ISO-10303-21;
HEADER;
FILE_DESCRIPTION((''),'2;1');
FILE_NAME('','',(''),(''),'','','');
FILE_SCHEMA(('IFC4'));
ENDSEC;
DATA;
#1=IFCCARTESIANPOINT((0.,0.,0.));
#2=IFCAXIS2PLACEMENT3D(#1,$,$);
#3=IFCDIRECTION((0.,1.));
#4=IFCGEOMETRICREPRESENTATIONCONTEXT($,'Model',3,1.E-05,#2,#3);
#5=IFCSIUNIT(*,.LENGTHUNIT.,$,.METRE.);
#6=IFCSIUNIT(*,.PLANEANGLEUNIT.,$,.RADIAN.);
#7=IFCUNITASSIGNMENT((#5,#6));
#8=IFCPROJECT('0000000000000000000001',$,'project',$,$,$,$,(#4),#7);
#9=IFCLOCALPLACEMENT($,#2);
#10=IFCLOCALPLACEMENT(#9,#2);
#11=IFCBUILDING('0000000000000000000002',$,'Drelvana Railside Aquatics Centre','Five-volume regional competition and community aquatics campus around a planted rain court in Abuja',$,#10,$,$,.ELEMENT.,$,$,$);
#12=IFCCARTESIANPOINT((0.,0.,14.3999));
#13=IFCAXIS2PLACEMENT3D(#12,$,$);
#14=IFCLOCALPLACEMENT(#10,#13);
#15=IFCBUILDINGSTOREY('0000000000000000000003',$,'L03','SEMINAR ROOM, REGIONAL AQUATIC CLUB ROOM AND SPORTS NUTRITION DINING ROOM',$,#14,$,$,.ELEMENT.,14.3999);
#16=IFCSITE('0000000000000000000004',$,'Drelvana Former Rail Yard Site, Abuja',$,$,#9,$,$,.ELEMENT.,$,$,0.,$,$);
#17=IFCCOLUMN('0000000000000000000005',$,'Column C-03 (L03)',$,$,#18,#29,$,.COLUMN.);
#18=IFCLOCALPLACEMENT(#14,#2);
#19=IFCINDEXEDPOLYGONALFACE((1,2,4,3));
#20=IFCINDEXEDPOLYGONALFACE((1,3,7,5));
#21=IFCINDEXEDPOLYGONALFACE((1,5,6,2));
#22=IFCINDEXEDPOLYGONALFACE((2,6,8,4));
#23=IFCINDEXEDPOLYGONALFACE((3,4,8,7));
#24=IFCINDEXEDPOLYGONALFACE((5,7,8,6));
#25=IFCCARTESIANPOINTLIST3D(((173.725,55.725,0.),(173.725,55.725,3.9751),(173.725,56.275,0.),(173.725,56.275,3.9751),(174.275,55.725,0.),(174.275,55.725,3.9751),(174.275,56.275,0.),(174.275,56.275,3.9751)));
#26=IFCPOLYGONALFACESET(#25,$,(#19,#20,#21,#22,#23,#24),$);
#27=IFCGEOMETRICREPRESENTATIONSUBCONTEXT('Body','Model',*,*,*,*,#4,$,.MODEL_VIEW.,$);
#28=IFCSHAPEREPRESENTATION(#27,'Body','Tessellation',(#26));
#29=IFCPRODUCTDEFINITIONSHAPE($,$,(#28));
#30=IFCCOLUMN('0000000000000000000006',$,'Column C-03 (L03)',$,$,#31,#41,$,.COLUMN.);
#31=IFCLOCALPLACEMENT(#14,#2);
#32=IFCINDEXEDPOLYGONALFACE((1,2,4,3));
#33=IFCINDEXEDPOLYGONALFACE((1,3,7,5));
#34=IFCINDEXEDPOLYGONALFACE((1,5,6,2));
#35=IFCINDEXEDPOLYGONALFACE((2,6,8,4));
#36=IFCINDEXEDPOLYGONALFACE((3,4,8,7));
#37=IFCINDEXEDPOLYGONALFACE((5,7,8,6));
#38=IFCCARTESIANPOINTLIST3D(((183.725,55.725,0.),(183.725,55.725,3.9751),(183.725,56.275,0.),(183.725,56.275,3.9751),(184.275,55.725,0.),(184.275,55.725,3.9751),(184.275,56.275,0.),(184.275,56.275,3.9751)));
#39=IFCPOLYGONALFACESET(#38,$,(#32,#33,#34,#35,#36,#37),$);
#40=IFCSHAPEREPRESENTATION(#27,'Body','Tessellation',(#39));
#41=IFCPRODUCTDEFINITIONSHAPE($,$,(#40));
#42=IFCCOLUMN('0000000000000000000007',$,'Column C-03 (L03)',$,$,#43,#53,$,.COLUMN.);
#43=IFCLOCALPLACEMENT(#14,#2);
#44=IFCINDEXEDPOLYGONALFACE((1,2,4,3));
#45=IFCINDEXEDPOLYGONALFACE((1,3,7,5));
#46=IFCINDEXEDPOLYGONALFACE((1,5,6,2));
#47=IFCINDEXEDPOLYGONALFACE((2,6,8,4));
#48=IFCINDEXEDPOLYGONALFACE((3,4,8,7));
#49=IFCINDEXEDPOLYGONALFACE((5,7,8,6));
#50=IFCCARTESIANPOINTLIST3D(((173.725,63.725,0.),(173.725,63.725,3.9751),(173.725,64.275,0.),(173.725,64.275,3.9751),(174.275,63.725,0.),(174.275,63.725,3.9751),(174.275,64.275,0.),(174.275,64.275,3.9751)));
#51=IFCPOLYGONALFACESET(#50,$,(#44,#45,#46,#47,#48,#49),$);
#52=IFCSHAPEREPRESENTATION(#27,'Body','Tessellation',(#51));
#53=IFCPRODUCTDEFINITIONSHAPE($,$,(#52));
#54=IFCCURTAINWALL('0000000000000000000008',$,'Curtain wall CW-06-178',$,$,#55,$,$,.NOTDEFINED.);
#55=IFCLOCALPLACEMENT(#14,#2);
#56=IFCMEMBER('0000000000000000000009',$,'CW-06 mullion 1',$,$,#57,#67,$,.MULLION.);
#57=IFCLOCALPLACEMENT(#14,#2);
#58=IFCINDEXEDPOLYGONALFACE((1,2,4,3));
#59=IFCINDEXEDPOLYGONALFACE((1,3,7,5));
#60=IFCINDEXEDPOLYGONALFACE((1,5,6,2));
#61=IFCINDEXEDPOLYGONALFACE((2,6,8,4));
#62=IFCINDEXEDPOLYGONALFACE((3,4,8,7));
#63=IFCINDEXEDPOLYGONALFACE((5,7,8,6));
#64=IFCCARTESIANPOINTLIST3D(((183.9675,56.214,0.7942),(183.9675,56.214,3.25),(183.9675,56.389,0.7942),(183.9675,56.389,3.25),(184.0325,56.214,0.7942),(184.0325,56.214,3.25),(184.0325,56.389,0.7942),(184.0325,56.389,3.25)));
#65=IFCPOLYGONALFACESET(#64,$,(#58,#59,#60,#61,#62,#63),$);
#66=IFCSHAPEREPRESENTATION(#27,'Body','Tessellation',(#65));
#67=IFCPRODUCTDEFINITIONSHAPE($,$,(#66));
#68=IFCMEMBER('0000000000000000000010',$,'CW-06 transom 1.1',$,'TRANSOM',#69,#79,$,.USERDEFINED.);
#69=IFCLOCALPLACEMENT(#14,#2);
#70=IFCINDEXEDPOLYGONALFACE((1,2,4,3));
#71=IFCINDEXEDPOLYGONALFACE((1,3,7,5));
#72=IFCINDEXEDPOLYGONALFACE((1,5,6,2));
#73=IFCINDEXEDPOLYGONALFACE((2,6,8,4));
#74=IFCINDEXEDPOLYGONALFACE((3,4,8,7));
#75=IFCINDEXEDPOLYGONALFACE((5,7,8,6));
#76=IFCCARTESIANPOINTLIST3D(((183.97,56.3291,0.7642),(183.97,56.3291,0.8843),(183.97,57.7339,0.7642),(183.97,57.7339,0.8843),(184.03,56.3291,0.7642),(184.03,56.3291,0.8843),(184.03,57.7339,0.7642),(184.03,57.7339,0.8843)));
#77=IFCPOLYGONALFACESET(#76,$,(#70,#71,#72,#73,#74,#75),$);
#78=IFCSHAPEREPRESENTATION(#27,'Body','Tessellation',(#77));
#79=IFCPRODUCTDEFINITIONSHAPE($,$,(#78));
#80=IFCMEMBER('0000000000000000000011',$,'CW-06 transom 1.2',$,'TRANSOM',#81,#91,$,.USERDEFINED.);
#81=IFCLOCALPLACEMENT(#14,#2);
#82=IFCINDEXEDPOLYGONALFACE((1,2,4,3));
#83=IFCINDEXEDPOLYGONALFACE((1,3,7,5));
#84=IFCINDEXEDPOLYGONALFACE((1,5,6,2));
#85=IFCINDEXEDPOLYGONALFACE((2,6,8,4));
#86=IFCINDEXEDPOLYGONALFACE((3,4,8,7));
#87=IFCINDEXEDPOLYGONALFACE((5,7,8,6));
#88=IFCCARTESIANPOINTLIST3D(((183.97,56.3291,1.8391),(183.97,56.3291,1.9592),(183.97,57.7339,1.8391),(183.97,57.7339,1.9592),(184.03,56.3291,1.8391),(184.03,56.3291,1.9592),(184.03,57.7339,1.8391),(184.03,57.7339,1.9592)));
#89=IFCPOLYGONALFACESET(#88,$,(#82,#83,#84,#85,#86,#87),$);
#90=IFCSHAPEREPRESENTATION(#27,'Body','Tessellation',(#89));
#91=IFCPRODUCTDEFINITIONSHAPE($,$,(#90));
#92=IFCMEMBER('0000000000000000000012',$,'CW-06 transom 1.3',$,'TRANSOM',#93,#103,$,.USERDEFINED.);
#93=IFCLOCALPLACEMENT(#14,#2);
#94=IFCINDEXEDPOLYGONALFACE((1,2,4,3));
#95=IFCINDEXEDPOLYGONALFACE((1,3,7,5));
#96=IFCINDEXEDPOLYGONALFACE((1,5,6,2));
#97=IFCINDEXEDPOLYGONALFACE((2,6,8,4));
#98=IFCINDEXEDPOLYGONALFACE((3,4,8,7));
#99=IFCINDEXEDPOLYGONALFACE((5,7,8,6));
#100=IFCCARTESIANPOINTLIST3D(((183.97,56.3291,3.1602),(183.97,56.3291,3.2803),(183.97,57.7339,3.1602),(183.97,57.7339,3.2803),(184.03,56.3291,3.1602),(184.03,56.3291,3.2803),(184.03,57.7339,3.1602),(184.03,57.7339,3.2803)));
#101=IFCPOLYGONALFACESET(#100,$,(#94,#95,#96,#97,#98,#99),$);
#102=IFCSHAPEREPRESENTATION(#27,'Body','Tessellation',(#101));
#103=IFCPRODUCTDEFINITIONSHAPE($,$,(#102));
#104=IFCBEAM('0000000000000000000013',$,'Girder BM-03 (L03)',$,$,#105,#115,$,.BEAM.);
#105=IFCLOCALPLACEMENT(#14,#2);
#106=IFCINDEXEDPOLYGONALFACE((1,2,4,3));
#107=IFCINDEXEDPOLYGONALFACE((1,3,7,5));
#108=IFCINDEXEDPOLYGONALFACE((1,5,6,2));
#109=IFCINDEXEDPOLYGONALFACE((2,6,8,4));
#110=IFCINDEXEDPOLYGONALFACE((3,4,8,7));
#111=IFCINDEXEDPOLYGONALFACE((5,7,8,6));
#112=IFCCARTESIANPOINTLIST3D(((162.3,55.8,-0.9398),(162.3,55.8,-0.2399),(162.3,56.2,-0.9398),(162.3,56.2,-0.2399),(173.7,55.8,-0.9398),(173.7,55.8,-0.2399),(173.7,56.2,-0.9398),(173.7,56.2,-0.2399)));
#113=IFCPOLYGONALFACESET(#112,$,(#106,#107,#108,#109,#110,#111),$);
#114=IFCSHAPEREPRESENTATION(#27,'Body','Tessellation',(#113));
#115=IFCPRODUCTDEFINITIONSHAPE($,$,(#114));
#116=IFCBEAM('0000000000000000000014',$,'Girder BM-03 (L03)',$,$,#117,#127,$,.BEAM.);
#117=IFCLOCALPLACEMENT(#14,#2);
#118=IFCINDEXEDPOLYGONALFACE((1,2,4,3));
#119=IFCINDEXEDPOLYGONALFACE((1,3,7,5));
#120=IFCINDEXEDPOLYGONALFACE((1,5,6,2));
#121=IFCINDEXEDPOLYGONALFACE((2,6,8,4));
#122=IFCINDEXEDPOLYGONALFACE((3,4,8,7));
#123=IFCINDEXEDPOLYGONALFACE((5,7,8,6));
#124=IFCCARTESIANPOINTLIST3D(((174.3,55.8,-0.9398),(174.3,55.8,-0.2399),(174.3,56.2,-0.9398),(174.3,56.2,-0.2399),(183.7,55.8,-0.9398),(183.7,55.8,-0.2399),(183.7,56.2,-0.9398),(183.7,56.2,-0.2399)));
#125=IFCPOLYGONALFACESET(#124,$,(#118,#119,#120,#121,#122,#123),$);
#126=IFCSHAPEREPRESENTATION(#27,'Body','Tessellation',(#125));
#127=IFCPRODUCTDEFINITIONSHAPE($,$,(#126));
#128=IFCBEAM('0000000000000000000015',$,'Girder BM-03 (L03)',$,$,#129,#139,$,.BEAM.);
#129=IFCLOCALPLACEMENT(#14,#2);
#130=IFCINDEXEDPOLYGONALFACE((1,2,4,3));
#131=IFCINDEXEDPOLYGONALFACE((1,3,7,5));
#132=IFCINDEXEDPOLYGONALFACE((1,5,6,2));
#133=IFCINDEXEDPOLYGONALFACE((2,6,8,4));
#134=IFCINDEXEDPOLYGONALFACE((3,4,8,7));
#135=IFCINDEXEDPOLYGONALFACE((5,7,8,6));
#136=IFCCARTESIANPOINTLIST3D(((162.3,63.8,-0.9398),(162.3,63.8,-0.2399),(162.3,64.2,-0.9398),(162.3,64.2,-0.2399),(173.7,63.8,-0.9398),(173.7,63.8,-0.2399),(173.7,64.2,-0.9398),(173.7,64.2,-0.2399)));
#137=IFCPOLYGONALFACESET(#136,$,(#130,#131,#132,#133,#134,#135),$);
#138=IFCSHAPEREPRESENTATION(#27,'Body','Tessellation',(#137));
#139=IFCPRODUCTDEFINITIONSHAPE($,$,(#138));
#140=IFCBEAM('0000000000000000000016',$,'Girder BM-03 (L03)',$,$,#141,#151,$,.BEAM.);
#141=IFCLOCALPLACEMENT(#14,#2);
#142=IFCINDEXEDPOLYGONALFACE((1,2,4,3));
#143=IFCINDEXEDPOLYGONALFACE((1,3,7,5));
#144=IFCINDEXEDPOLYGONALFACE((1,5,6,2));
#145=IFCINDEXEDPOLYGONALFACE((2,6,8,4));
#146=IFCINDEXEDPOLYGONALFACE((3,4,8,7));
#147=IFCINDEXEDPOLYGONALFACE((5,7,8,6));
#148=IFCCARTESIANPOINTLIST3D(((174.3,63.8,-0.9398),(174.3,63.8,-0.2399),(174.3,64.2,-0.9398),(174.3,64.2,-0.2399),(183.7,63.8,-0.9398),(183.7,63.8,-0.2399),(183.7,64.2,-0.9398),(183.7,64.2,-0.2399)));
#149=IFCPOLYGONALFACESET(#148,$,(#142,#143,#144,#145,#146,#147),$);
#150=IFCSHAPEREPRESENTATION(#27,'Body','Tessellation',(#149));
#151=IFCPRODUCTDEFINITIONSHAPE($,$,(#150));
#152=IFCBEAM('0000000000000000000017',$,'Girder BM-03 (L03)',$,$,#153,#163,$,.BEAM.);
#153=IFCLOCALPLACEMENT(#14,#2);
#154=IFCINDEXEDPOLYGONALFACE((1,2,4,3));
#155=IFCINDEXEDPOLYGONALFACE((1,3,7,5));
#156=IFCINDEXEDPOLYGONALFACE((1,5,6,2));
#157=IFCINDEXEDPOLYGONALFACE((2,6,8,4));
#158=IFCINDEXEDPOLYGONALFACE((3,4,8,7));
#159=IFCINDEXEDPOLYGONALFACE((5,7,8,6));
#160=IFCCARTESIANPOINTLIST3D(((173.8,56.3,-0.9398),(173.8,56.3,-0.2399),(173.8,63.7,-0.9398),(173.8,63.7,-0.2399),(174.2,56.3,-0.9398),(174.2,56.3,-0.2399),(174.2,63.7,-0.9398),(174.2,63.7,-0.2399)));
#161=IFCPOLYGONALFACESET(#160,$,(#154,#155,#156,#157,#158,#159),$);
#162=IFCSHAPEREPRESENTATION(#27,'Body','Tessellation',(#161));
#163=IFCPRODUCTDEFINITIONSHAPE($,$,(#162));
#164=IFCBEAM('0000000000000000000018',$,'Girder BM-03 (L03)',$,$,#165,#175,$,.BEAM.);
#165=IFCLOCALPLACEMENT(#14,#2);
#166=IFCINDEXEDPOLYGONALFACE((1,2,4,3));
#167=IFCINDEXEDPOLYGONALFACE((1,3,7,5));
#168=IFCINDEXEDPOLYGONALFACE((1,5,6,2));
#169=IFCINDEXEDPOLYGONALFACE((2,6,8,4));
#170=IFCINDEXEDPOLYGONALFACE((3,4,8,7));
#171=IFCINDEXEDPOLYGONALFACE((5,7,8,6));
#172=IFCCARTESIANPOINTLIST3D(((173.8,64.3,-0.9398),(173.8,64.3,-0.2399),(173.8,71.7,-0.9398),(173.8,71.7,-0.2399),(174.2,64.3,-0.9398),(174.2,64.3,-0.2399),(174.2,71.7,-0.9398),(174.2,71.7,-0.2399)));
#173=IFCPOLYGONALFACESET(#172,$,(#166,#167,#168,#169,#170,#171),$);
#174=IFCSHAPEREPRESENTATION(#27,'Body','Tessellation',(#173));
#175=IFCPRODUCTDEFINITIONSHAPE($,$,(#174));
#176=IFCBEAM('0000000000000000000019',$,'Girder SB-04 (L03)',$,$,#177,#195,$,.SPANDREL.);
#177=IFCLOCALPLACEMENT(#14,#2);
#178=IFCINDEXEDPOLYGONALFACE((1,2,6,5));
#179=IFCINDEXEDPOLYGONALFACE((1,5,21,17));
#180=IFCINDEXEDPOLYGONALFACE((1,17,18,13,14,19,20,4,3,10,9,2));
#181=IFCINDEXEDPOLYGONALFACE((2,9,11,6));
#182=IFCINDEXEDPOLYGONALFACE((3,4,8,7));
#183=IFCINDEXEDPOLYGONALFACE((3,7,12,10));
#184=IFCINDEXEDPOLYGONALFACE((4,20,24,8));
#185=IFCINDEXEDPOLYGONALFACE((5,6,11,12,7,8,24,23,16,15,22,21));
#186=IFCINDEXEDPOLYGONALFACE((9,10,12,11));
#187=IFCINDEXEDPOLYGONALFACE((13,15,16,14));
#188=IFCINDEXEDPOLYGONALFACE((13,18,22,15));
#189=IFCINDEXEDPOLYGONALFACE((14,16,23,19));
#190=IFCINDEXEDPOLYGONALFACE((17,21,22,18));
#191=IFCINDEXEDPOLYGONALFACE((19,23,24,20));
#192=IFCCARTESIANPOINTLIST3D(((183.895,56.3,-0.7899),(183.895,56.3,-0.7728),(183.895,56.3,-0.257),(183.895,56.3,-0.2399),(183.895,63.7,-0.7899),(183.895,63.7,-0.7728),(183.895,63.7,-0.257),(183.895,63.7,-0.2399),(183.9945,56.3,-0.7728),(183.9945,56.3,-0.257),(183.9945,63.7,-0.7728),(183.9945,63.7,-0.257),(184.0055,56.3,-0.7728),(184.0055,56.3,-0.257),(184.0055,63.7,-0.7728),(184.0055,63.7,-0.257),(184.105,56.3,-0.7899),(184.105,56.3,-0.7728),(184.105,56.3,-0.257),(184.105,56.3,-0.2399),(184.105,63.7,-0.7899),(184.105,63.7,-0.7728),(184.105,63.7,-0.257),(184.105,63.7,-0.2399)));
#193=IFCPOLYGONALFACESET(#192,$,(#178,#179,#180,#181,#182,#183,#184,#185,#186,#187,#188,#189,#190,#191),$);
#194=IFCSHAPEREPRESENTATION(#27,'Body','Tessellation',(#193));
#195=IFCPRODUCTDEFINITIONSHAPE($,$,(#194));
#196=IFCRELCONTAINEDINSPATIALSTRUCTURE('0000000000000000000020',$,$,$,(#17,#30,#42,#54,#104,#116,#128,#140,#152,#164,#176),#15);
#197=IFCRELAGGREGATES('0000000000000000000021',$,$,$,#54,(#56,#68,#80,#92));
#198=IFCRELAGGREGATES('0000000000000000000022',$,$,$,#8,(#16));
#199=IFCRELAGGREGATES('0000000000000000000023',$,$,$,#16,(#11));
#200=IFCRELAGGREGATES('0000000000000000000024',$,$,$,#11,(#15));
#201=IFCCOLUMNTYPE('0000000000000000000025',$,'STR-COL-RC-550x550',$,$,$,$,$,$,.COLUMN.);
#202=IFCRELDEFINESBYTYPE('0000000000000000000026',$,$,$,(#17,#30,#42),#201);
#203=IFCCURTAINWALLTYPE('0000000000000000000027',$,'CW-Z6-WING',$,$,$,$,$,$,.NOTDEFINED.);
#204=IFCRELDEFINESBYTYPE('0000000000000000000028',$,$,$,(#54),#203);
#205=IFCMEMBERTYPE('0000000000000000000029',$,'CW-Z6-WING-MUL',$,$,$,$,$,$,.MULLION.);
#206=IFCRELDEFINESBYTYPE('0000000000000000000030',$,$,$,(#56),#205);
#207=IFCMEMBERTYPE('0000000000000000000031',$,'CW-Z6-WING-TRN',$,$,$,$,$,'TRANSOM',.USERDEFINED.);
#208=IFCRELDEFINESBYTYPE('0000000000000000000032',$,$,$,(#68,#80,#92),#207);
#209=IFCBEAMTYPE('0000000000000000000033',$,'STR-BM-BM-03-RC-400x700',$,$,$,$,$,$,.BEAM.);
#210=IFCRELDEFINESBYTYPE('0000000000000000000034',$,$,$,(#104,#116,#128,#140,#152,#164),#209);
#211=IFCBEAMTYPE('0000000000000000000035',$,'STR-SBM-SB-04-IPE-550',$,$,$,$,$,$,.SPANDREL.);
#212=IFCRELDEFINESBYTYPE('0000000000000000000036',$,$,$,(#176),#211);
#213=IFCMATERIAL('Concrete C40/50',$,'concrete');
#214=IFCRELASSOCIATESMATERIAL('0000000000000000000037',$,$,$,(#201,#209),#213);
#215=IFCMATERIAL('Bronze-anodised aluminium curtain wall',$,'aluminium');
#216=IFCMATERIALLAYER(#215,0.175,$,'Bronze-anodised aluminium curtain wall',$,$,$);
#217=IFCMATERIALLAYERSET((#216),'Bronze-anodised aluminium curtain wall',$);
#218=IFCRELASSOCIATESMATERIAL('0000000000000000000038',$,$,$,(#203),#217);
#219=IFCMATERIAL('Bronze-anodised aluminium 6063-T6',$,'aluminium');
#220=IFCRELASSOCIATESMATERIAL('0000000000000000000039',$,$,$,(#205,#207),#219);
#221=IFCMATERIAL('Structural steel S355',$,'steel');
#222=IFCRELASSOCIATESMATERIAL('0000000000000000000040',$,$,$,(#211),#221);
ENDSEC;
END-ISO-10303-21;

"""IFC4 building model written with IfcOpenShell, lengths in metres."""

from ifc_helpers import new_model, si_unit, direction, frame, origin, origin_2d, place, context, subcontext, project, spatial, rectangle, i_section, extrude, material, layer, layer_set, material_profile, profile_set, type_object, element, aggregate, save


model = new_model("IFC4")

# Units and contexts
model_context = context("Model", 3, precision=1e-05, world=origin(), true_north=direction((0.0, 1.0)))
body_context = subcontext(model_context, "Body", "Model", "MODEL_VIEW")
ifc_project = project(units=[si_unit("LENGTHUNIT", "METRE"), si_unit("PLANEANGLEUNIT", "RADIAN")], contexts=[model_context])

# Site, building, storey
site_placement = place(None, origin())
site = spatial("IfcSite", under=ifc_project, at=site_placement, Name="Drelvana Former Rail Yard Site, Abuja", CompositionType="ELEMENT", RefElevation=0.0)
building_placement = place(site_placement, origin())
building = spatial("IfcBuilding", under=site, at=building_placement, Name="Drelvana Railside Aquatics Centre", Description="Five-volume regional competition and community aquatics campus around a planted rain court in Abuja", CompositionType="ELEMENT")
storey_placement = place(building_placement, frame((0.0, 0.0, 14.3999)))
storey = spatial("IfcBuildingStorey", under=building, at=storey_placement, Name="L03", Description="SEMINAR ROOM, REGIONAL AQUATIC CLUB ROOM AND SPORTS NUTRITION DINING ROOM", CompositionType="ELEMENT", Elevation=14.3999)

# Columns
ifc_material_1 = material(Name="Concrete C40/50", Category="concrete")
ifc_material_profile_1 = material_profile(ifc_material_1, rectangle(XDim=0.55, YDim=0.55, at=origin_2d()), Name="RC 550x550")
ifc_profile_set_1 = profile_set([ifc_material_profile_1], Name="Concrete C40/50")
column_type = type_object("IfcColumnType", Name="STR-COL-RC-550x550", PredefinedType="COLUMN", material=ifc_profile_set_1)
for number, where, z_axis, x_axis, name in (
    (1, (174.0, 56.0, 0.0), (0.0, 0.0, 1.0), (1.0, 0.0, 0.0), "Column C-03 (L03)"),
    (2, (184.0, 56.0, 0.0), (0.0, 0.0, 1.0), (1.0, 0.0, 0.0), "Column C-03 (L03)"),
    (3, (174.0, 64.0, 0.0), (0.0, 0.0, 1.0), (1.0, 0.0, 0.0), "Column C-03 (L03)"),
):
    element("IfcColumn", number, at=place(storey_placement, frame(where, z_axis=z_axis, x_axis=x_axis)), inside=storey, type_object=column_type, Name=name, PredefinedType="COLUMN", context=body_context, shape_type="SweptSolid", body=[
        extrude(rectangle(XDim=0.55, YDim=0.55, at=origin_2d()), origin(), (0.0, 0.0, 1.0), 3.9751),
    ])

# Curtain wall, members
ifc_material_2 = material(Name="Bronze-anodised aluminium curtain wall", Category="aluminium")
ifc_layer_1 = layer(ifc_material_2, 0.175, Name="Bronze-anodised aluminium curtain wall")
ifc_layer_set_1 = layer_set([ifc_layer_1], Name="Bronze-anodised aluminium curtain wall")
curtain_wall_type = type_object("IfcCurtainWallType", Name="CW-Z6-WING", PredefinedType="NOTDEFINED", material=ifc_layer_set_1)
curtain_wall_placement = place(storey_placement, origin())
curtain_wall = element("IfcCurtainWall", 4, at=curtain_wall_placement, inside=storey, type_object=curtain_wall_type, Name="Curtain wall CW-06-178", PredefinedType="NOTDEFINED")
ifc_material_3 = material(Name="Bronze-anodised aluminium 6063-T6", Category="aluminium")
ifc_material_profile_2 = material_profile(ifc_material_3, rectangle(XDim=0.0649, YDim=0.175, at=origin_2d()), Name="ALU-M 65x175")
ifc_profile_set_2 = profile_set([ifc_material_profile_2], Name="Bronze-anodised aluminium 6063-T6")
member_type_1 = type_object("IfcMemberType", Name="CW-Z6-WING-MUL", PredefinedType="MULLION", material=ifc_profile_set_2)
member_1_placement = place(storey_placement, frame((184.0, 56.3015, 0.7942), z_axis=(0.0, 0.0, 1.0), x_axis=(-1.0, 0.0, 0.0)))
member_1 = element("IfcMember", 5, at=member_1_placement, type_object=member_type_1, Name="CW-06 mullion 1", PredefinedType="MULLION", context=body_context, shape_type="SweptSolid", body=[
    extrude(rectangle(XDim=0.0649, YDim=0.175, at=origin_2d()), origin(), (0.0, 0.0, 1.0), 2.4558),
])
ifc_material_profile_3 = material_profile(ifc_material_3, rectangle(XDim=0.1201, YDim=0.0601, at=origin_2d()), Name="ALU-T 60x120")
ifc_profile_set_3 = profile_set([ifc_material_profile_3], Name="Bronze-anodised aluminium 6063-T6")
member_type_2 = type_object("IfcMemberType", Name="CW-Z6-WING-TRN", ElementType="TRANSOM", PredefinedType="USERDEFINED", material=ifc_profile_set_3)
member_2_placement = place(storey_placement, frame((184.0, 56.3291, 0.8242), z_axis=(0.0, 1.0, 0.0), x_axis=(0.0, 0.0, 1.0)))
member_2 = element("IfcMember", 6, at=member_2_placement, type_object=member_type_2, Name="CW-06 transom 1.1", ObjectType="TRANSOM", PredefinedType="USERDEFINED", context=body_context, shape_type="SweptSolid", body=[
    extrude(rectangle(XDim=0.1201, YDim=0.0601, at=origin_2d()), origin(), (0.0, 0.0, 1.0), 1.4048),
])
member_3_placement = place(storey_placement, frame((184.0, 56.3291, 1.8992), z_axis=(0.0, 1.0, 0.0), x_axis=(0.0, 0.0, 1.0)))
member_3 = element("IfcMember", 7, at=member_3_placement, type_object=member_type_2, Name="CW-06 transom 1.2", ObjectType="TRANSOM", PredefinedType="USERDEFINED", context=body_context, shape_type="SweptSolid", body=[
    extrude(rectangle(XDim=0.1201, YDim=0.0601, at=origin_2d()), origin(), (0.0, 0.0, 1.0), 1.4048),
])
member_4_placement = place(storey_placement, frame((184.0, 56.3291, 3.2202), z_axis=(0.0, 1.0, 0.0), x_axis=(0.0, 0.0, 1.0)))
member_4 = element("IfcMember", 8, at=member_4_placement, type_object=member_type_2, Name="CW-06 transom 1.3", ObjectType="TRANSOM", PredefinedType="USERDEFINED", context=body_context, shape_type="SweptSolid", body=[
    extrude(rectangle(XDim=0.1201, YDim=0.0601, at=origin_2d()), origin(), (0.0, 0.0, 1.0), 1.4048),
])

# Beams
ifc_material_profile_4 = material_profile(ifc_material_1, rectangle(XDim=0.3999, YDim=0.7, at=origin_2d()), Name="RC 400x700")
ifc_profile_set_4 = profile_set([ifc_material_profile_4], Name="Concrete C40/50")
beam_type_1 = type_object("IfcBeamType", Name="STR-BM-BM-03-RC-400x700", PredefinedType="BEAM", material=ifc_profile_set_4)
beam_1_placement = place(storey_placement, frame((162.3, 56.0, -0.5898), z_axis=(1.0, 0.0, 0.0), x_axis=(0.0, 1.0, 0.0)))
element("IfcBeam", 9, at=beam_1_placement, inside=storey, type_object=beam_type_1, Name="Girder BM-03 (L03)", PredefinedType="BEAM", context=body_context, shape_type="SweptSolid", body=[
    extrude(rectangle(XDim=0.3999, YDim=0.7, at=origin_2d()), origin(), (0.0, 0.0, 1.0), 11.3999),
])
beam_2_placement = place(storey_placement, frame((174.3, 56.0, -0.5898), z_axis=(1.0, 0.0, 0.0), x_axis=(0.0, 1.0, 0.0)))
element("IfcBeam", 10, at=beam_2_placement, inside=storey, type_object=beam_type_1, Name="Girder BM-03 (L03)", PredefinedType="BEAM", context=body_context, shape_type="SweptSolid", body=[
    extrude(rectangle(XDim=0.3999, YDim=0.7, at=origin_2d()), origin(), (0.0, 0.0, 1.0), 9.3999),
])
beam_3_placement = place(storey_placement, frame((162.3, 64.0, -0.5898), z_axis=(1.0, 0.0, 0.0), x_axis=(0.0, 1.0, 0.0)))
element("IfcBeam", 11, at=beam_3_placement, inside=storey, type_object=beam_type_1, Name="Girder BM-03 (L03)", PredefinedType="BEAM", context=body_context, shape_type="SweptSolid", body=[
    extrude(rectangle(XDim=0.3999, YDim=0.7, at=origin_2d()), origin(), (0.0, 0.0, 1.0), 11.3999),
])
beam_4_placement = place(storey_placement, frame((174.3, 64.0, -0.5898), z_axis=(1.0, 0.0, 0.0), x_axis=(0.0, 1.0, 0.0)))
element("IfcBeam", 12, at=beam_4_placement, inside=storey, type_object=beam_type_1, Name="Girder BM-03 (L03)", PredefinedType="BEAM", context=body_context, shape_type="SweptSolid", body=[
    extrude(rectangle(XDim=0.3999, YDim=0.7, at=origin_2d()), origin(), (0.0, 0.0, 1.0), 9.3999),
])
for number, where, z_axis, x_axis, name in (
    (13, (174.0, 56.3, -0.5898), (0.0, 1.0, 0.0), (-1.0, 0.0, 0.0), "Girder BM-03 (L03)"),
    (14, (174.0, 64.3, -0.5898), (0.0, 1.0, 0.0), (-1.0, 0.0, 0.0), "Girder BM-03 (L03)"),
):
    element("IfcBeam", number, at=place(storey_placement, frame(where, z_axis=z_axis, x_axis=x_axis)), inside=storey, type_object=beam_type_1, Name=name, PredefinedType="BEAM", context=body_context, shape_type="SweptSolid", body=[
        extrude(rectangle(XDim=0.3999, YDim=0.7, at=origin_2d()), origin(), (0.0, 0.0, 1.0), 7.3999),
    ])
ifc_material_4 = material(Name="Structural steel S355", Category="steel")
ifc_material_profile_5 = material_profile(ifc_material_4, i_section(OverallWidth=0.21, OverallDepth=0.55, WebThickness=0.011, FlangeThickness=0.0171, at=origin_2d()), Name="IPE 550")
ifc_profile_set_5 = profile_set([ifc_material_profile_5], Name="Structural steel S355")
beam_type_2 = type_object("IfcBeamType", Name="STR-SBM-SB-04-IPE-550", PredefinedType="SPANDREL", material=ifc_profile_set_5)
beam_5_placement = place(storey_placement, frame((184.0, 56.3, -0.5149), z_axis=(0.0, 1.0, 0.0), x_axis=(-1.0, 0.0, 0.0)))
element("IfcBeam", 15, at=beam_5_placement, inside=storey, type_object=beam_type_2, Name="Girder SB-04 (L03)", PredefinedType="SPANDREL", context=body_context, shape_type="SweptSolid", body=[
    extrude(i_section(OverallWidth=0.21, OverallDepth=0.55, WebThickness=0.011, FlangeThickness=0.0171, at=origin_2d()), origin(), (0.0, 0.0, 1.0), 7.3999),
])

aggregate(curtain_wall, [member_1, member_2, member_3, member_4])

save(model, "model.ifc")
